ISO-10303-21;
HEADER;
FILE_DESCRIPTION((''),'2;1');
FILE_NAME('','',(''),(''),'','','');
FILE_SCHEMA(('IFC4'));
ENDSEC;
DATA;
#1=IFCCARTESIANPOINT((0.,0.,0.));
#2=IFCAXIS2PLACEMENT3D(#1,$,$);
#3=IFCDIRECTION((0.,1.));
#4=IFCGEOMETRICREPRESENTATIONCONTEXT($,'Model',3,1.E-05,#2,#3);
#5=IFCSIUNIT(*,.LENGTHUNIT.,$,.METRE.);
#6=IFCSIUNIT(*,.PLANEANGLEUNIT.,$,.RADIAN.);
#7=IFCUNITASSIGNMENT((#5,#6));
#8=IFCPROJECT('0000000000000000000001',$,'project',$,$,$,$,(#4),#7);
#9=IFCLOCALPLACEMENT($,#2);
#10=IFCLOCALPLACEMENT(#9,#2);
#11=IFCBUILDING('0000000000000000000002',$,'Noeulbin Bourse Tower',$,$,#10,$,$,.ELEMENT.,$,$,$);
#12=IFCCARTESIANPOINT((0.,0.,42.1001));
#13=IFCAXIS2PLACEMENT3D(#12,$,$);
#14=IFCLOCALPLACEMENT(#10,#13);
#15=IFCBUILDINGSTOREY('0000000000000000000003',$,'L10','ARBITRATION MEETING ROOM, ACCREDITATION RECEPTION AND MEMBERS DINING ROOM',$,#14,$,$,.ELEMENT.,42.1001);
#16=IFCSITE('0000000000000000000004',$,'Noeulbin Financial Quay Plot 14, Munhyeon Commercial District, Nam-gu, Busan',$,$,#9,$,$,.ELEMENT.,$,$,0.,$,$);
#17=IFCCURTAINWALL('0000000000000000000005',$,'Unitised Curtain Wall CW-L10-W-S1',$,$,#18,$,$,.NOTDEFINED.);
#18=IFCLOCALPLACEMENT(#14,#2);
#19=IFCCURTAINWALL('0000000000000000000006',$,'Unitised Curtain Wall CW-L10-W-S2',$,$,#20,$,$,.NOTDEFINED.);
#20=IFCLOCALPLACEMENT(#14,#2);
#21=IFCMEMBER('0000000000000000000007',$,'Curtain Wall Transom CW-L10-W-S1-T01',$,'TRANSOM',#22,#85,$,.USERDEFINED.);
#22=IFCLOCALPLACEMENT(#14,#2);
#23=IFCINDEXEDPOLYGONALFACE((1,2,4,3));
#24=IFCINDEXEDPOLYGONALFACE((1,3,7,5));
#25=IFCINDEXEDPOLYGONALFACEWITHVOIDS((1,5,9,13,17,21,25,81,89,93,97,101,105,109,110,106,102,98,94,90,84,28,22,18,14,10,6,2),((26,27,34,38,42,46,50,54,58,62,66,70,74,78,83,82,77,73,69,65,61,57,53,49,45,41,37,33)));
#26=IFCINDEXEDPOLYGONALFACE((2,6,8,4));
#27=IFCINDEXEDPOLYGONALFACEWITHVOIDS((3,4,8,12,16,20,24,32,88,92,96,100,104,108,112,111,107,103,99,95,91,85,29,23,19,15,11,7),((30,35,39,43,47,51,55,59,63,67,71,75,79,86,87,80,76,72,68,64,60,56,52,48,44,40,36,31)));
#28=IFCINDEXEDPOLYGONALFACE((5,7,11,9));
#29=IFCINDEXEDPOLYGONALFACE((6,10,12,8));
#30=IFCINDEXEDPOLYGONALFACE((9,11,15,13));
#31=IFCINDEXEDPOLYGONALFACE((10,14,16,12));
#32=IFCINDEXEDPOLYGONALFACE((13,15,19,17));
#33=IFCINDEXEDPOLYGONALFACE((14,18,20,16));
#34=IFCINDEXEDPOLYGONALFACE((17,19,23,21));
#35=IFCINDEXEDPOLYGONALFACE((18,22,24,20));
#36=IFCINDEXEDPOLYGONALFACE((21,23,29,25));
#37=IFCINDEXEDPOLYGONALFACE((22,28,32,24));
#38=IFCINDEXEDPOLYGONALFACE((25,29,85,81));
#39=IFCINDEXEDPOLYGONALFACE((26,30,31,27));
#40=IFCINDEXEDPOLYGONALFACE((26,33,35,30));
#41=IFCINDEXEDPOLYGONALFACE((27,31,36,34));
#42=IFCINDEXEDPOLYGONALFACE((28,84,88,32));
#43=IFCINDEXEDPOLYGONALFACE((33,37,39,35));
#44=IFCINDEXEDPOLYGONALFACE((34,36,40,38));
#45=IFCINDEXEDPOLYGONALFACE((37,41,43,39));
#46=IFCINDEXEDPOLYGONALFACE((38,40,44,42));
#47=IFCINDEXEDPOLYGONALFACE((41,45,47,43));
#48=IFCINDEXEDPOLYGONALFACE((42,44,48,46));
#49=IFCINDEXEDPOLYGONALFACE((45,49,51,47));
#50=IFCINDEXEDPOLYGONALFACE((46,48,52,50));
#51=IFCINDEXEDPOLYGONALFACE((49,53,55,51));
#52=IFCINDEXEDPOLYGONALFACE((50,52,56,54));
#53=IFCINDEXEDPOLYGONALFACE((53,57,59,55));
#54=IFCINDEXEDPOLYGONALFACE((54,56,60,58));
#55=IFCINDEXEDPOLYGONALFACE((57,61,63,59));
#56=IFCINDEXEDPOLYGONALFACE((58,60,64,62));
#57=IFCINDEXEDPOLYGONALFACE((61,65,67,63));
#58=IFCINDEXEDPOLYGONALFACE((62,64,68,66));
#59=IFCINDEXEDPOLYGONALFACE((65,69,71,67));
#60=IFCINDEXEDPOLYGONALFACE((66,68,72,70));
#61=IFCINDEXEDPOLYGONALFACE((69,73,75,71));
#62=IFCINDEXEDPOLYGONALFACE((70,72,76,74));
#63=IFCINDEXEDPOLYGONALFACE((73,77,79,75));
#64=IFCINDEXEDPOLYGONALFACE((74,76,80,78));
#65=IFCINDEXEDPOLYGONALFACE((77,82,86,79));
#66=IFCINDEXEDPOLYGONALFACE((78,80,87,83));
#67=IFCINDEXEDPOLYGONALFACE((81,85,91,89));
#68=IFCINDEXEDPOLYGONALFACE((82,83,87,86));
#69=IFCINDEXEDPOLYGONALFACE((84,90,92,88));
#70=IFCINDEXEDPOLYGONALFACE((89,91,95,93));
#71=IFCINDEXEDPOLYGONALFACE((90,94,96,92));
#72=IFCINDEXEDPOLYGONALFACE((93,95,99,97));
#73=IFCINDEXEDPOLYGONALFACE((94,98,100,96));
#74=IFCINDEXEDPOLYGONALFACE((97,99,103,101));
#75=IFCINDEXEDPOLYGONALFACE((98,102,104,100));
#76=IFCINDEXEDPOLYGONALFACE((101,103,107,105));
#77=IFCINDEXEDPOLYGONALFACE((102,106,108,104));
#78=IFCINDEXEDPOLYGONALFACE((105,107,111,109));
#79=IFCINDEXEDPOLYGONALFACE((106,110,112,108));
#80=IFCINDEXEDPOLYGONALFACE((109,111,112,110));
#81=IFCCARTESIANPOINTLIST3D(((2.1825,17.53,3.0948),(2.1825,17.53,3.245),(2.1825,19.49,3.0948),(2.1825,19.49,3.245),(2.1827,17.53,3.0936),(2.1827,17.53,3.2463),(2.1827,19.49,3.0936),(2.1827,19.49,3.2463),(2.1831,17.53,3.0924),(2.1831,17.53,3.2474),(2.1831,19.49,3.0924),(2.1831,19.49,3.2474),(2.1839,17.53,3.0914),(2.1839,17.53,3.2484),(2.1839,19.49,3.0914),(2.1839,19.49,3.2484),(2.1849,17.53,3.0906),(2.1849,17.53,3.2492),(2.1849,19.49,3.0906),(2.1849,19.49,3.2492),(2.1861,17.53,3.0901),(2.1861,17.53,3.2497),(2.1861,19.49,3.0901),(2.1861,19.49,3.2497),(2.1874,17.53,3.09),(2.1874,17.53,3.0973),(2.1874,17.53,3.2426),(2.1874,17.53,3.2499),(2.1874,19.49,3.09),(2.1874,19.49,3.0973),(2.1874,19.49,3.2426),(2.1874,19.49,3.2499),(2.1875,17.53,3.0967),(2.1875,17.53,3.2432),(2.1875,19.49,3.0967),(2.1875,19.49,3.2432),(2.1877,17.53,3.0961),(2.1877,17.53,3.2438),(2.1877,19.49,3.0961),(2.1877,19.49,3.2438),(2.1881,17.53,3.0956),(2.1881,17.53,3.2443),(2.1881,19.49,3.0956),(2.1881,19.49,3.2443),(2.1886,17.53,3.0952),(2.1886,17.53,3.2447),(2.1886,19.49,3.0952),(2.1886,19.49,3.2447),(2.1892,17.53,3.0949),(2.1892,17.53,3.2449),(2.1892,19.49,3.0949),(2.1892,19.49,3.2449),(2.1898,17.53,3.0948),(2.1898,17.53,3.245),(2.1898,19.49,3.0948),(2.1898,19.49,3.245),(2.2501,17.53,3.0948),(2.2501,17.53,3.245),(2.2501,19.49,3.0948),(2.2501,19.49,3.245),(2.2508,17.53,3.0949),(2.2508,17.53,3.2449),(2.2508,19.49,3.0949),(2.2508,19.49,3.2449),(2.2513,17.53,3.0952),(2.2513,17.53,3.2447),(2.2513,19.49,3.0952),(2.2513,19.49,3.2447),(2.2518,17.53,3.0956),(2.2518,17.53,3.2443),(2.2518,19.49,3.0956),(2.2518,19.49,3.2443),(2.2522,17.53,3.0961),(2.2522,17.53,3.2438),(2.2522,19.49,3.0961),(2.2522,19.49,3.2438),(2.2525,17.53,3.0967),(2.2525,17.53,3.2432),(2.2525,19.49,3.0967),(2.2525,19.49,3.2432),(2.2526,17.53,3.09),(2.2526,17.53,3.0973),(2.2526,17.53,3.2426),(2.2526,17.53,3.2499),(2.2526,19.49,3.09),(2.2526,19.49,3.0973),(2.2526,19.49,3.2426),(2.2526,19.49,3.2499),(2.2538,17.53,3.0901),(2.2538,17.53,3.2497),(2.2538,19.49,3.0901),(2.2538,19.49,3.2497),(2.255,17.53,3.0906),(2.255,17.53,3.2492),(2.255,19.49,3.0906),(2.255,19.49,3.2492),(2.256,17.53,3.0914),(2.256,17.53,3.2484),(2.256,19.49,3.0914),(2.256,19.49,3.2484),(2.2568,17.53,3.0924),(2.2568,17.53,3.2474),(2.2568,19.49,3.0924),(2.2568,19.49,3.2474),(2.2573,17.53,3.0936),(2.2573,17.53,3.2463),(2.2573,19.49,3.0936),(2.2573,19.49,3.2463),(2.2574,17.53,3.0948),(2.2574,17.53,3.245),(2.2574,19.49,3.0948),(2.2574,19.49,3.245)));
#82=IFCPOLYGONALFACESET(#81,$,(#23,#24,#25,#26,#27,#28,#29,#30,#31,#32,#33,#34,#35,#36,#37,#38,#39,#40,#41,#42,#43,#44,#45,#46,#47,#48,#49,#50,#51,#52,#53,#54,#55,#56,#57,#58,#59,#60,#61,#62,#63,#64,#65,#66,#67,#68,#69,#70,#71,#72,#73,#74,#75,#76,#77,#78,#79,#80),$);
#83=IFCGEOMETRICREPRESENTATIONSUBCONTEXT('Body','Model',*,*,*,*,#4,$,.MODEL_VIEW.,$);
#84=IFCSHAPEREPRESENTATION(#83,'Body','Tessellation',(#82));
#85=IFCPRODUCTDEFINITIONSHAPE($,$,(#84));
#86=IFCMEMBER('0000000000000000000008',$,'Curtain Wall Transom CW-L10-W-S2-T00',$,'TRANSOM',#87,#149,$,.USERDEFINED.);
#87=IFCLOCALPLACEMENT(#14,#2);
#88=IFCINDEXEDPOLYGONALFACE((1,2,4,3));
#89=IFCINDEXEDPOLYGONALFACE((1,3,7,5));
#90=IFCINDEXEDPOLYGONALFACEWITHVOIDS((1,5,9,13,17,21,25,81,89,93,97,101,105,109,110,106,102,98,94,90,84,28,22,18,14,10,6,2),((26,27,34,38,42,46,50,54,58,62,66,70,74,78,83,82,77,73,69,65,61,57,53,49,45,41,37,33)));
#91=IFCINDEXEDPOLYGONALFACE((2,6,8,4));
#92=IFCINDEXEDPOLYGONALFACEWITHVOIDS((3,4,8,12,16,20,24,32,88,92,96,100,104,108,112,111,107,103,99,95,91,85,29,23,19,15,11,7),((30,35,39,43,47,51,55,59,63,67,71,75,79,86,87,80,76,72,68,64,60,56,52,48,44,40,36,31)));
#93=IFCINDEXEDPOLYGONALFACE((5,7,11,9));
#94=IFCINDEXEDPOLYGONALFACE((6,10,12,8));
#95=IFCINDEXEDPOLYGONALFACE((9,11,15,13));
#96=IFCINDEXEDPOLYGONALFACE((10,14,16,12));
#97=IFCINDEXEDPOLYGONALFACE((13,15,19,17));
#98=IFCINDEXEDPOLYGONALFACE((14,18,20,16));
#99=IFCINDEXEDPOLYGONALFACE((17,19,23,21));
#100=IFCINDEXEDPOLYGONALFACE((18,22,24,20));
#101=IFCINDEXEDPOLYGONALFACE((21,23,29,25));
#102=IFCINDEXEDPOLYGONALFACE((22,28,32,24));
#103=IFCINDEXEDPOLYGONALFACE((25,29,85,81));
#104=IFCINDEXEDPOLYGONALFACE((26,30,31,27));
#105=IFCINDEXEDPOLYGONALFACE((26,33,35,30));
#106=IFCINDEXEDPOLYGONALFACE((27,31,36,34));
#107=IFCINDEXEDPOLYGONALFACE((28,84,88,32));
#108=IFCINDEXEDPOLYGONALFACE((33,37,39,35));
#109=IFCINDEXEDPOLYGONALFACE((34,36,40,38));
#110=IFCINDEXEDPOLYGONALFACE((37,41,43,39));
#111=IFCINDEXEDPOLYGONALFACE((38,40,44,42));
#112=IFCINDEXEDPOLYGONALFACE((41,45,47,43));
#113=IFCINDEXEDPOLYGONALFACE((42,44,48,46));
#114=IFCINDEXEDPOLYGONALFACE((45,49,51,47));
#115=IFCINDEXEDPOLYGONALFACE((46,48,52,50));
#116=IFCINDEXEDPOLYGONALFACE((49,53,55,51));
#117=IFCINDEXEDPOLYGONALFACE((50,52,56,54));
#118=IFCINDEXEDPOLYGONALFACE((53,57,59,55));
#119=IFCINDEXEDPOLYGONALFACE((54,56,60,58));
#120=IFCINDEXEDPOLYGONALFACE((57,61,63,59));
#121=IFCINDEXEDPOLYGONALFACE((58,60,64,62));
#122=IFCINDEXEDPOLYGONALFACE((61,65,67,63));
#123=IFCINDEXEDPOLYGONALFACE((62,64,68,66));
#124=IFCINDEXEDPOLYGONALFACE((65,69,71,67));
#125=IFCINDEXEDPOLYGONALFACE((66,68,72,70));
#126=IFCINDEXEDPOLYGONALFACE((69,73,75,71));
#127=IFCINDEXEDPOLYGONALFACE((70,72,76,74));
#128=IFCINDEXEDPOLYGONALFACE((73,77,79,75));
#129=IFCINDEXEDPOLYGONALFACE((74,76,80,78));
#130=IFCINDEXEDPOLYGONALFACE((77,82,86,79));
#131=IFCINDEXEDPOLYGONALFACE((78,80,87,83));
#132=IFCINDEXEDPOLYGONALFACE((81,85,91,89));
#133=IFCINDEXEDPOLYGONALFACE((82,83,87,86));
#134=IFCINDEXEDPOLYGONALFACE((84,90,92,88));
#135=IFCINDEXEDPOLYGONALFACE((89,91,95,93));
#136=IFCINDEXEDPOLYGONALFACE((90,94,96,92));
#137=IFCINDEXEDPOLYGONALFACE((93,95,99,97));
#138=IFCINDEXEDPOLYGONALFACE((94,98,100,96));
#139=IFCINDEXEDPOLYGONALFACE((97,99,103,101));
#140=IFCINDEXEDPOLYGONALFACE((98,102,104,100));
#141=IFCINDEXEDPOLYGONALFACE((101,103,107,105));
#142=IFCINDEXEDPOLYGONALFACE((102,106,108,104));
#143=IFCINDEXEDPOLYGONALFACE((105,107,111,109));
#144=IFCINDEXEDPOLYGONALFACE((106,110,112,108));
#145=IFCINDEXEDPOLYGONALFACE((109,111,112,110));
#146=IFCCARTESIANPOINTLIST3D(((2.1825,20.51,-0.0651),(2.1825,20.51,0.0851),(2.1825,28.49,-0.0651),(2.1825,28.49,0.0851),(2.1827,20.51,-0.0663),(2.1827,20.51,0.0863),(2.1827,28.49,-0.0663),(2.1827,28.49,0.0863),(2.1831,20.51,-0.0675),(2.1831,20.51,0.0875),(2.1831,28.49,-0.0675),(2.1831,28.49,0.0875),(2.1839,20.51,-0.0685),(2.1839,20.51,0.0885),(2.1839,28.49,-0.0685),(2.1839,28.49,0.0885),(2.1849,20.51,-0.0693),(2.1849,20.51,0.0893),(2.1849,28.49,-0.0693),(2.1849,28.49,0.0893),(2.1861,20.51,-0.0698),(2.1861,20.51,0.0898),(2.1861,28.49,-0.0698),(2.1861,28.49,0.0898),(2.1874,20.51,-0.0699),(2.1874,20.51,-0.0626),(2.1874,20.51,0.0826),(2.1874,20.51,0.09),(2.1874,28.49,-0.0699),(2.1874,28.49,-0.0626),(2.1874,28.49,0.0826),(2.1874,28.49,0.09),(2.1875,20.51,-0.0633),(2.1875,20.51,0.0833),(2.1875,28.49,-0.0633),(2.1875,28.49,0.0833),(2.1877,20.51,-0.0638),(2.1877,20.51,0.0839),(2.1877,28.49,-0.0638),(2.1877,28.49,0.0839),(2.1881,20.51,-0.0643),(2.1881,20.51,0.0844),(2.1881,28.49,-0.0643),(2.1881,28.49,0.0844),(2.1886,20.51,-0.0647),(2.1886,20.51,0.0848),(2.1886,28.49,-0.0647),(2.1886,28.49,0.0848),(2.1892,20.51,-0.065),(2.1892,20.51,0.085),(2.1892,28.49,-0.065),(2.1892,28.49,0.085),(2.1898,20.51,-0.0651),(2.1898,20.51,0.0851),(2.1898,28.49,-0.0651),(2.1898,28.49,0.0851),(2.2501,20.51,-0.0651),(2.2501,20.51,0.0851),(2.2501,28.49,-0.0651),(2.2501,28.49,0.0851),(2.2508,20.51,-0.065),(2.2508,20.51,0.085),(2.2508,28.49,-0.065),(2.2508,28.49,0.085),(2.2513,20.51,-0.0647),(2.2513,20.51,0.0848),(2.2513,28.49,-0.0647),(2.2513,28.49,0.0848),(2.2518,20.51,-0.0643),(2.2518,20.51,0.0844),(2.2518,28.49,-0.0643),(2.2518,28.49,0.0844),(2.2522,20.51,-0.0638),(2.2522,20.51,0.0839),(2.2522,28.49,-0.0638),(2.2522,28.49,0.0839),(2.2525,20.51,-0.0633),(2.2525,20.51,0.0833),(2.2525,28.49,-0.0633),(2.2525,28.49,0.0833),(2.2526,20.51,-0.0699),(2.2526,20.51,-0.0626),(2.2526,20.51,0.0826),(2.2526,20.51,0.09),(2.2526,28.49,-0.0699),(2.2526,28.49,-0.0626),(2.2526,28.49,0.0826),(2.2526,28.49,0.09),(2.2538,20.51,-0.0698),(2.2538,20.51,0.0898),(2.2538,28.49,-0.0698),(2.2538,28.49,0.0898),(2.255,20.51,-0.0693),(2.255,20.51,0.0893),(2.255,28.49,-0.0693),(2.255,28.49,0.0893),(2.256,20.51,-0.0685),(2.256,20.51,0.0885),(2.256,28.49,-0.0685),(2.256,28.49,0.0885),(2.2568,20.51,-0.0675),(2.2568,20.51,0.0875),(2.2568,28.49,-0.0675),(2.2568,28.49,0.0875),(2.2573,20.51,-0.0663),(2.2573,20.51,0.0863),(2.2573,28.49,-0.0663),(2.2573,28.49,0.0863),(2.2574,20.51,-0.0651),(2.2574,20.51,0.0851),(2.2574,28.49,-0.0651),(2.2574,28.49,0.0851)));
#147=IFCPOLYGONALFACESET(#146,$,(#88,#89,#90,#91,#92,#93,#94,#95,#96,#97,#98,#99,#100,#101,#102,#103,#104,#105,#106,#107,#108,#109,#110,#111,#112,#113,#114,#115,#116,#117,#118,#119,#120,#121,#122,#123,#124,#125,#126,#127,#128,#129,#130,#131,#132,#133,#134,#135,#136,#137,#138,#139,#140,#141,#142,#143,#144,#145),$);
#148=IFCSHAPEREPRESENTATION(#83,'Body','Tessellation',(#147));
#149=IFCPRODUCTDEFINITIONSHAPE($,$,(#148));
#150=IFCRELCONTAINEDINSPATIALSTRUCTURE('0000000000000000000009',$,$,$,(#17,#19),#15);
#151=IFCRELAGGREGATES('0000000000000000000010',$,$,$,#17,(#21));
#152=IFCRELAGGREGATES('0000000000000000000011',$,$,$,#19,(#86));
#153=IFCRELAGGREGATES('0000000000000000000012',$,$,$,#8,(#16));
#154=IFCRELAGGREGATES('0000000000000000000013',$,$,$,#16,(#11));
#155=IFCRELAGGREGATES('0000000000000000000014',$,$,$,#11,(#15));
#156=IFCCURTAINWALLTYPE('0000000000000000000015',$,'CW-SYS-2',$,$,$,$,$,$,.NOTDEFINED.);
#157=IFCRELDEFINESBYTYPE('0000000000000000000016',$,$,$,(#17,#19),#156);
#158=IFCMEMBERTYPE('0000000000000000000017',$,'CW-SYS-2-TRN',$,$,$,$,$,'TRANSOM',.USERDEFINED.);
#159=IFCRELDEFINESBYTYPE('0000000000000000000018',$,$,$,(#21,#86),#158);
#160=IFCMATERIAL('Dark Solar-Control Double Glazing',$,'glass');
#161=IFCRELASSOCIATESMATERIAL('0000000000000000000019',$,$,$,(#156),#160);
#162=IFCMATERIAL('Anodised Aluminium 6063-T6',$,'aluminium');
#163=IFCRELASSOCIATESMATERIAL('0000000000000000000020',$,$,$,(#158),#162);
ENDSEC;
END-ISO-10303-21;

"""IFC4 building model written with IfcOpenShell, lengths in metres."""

from ifc_helpers import new_model, si_unit, direction, frame, origin, origin_2d, place, context, subcontext, project, spatial, hollow_rectangle, extrude, material, material_profile, profile_set, type_object, element, aggregate, save


model = new_model("IFC4")

# Units and contexts
model_context = context("Model", 3, precision=1e-05, world=origin(), true_north=direction((0.0, 1.0)))
body_context = subcontext(model_context, "Body", "Model", "MODEL_VIEW")
ifc_project = project(units=[si_unit("LENGTHUNIT", "METRE"), si_unit("PLANEANGLEUNIT", "RADIAN")], contexts=[model_context])

# Site, building, storey
site_placement = place(None, origin())
site = spatial("IfcSite", under=ifc_project, at=site_placement, Name="Noeulbin Financial Quay Plot 14, Munhyeon Commercial District, Nam-gu, Busan", CompositionType="ELEMENT", RefElevation=0.0)
building_placement = place(site_placement, origin())
building = spatial("IfcBuilding", under=site, at=building_placement, Name="Noeulbin Bourse Tower", CompositionType="ELEMENT")
storey_placement = place(building_placement, frame((0.0, 0.0, 42.1001)))
storey = spatial("IfcBuildingStorey", under=building, at=storey_placement, Name="L10", Description="ARBITRATION MEETING ROOM, ACCREDITATION RECEPTION AND MEMBERS DINING ROOM", CompositionType="ELEMENT", Elevation=42.1001)

# Curtain walls
ifc_material_1 = material(Name="Dark Solar-Control Double Glazing", Category="glass")
curtain_wall_type = type_object("IfcCurtainWallType", Name="CW-SYS-2", PredefinedType="NOTDEFINED", material=ifc_material_1)
curtain_wall_1_placement = place(storey_placement, origin())
curtain_wall_1 = element("IfcCurtainWall", 1, at=curtain_wall_1_placement, inside=storey, type_object=curtain_wall_type, Name="Unitised Curtain Wall CW-L10-W-S1", PredefinedType="NOTDEFINED")
ifc_material_2 = material(Name="Anodised Aluminium 6063-T6", Category="aluminium")
curtain_wall_2_placement = place(storey_placement, origin())
curtain_wall_2 = element("IfcCurtainWall", 2, at=curtain_wall_2_placement, inside=storey, type_object=curtain_wall_type, Name="Unitised Curtain Wall CW-L10-W-S2", PredefinedType="NOTDEFINED")

# Members
ifc_material_profile_1 = material_profile(ifc_material_2, hollow_rectangle(XDim=0.075, YDim=0.1599, WallThickness=0.0049, InnerFilletRadius=0.0024, OuterFilletRadius=0.0049, at=origin_2d()), Name="ALU-TRAN-75x160x5", Category="LoadBearing")
ifc_profile_set_1 = profile_set([ifc_material_profile_1], Name="Anodised Aluminium 6063-T6")
member_type_1 = type_object("IfcMemberType", Name="CW-SYS-2-TRN", ElementType="TRANSOM", PredefinedType="USERDEFINED", material=ifc_profile_set_1)
member_1_placement = place(storey_placement, frame((2.22, 17.53, 3.1699), z_axis=(0.0, 1.0, 0.0), x_axis=(-1.0, 0.0, 0.0)))
member_1 = element("IfcMember", 3, at=member_1_placement, type_object=member_type_1, Name="Curtain Wall Transom CW-L10-W-S1-T01", ObjectType="TRANSOM", PredefinedType="USERDEFINED", context=body_context, shape_type="SweptSolid", body=[
    extrude(hollow_rectangle(XDim=0.075, YDim=0.1599, WallThickness=0.0049, InnerFilletRadius=0.0024, OuterFilletRadius=0.0049, at=origin_2d()), origin(), (0.0, 0.0, 1.0), 1.96),
])
member_2_placement = place(storey_placement, frame((2.22, 20.51, 0.01), z_axis=(0.0, 1.0, 0.0), x_axis=(-1.0, 0.0, 0.0)))
member_2 = element("IfcMember", 4, at=member_2_placement, type_object=member_type_1, Name="Curtain Wall Transom CW-L10-W-S2-T00", ObjectType="TRANSOM", PredefinedType="USERDEFINED", context=body_context, shape_type="SweptSolid", body=[
    extrude(hollow_rectangle(XDim=0.075, YDim=0.1599, WallThickness=0.0049, InnerFilletRadius=0.0024, OuterFilletRadius=0.0049, at=origin_2d()), origin(), (0.0, 0.0, 1.0), 7.98),
])

aggregate(curtain_wall_1, [member_1])
aggregate(curtain_wall_2, [member_2])

save(model, "model.ifc")
